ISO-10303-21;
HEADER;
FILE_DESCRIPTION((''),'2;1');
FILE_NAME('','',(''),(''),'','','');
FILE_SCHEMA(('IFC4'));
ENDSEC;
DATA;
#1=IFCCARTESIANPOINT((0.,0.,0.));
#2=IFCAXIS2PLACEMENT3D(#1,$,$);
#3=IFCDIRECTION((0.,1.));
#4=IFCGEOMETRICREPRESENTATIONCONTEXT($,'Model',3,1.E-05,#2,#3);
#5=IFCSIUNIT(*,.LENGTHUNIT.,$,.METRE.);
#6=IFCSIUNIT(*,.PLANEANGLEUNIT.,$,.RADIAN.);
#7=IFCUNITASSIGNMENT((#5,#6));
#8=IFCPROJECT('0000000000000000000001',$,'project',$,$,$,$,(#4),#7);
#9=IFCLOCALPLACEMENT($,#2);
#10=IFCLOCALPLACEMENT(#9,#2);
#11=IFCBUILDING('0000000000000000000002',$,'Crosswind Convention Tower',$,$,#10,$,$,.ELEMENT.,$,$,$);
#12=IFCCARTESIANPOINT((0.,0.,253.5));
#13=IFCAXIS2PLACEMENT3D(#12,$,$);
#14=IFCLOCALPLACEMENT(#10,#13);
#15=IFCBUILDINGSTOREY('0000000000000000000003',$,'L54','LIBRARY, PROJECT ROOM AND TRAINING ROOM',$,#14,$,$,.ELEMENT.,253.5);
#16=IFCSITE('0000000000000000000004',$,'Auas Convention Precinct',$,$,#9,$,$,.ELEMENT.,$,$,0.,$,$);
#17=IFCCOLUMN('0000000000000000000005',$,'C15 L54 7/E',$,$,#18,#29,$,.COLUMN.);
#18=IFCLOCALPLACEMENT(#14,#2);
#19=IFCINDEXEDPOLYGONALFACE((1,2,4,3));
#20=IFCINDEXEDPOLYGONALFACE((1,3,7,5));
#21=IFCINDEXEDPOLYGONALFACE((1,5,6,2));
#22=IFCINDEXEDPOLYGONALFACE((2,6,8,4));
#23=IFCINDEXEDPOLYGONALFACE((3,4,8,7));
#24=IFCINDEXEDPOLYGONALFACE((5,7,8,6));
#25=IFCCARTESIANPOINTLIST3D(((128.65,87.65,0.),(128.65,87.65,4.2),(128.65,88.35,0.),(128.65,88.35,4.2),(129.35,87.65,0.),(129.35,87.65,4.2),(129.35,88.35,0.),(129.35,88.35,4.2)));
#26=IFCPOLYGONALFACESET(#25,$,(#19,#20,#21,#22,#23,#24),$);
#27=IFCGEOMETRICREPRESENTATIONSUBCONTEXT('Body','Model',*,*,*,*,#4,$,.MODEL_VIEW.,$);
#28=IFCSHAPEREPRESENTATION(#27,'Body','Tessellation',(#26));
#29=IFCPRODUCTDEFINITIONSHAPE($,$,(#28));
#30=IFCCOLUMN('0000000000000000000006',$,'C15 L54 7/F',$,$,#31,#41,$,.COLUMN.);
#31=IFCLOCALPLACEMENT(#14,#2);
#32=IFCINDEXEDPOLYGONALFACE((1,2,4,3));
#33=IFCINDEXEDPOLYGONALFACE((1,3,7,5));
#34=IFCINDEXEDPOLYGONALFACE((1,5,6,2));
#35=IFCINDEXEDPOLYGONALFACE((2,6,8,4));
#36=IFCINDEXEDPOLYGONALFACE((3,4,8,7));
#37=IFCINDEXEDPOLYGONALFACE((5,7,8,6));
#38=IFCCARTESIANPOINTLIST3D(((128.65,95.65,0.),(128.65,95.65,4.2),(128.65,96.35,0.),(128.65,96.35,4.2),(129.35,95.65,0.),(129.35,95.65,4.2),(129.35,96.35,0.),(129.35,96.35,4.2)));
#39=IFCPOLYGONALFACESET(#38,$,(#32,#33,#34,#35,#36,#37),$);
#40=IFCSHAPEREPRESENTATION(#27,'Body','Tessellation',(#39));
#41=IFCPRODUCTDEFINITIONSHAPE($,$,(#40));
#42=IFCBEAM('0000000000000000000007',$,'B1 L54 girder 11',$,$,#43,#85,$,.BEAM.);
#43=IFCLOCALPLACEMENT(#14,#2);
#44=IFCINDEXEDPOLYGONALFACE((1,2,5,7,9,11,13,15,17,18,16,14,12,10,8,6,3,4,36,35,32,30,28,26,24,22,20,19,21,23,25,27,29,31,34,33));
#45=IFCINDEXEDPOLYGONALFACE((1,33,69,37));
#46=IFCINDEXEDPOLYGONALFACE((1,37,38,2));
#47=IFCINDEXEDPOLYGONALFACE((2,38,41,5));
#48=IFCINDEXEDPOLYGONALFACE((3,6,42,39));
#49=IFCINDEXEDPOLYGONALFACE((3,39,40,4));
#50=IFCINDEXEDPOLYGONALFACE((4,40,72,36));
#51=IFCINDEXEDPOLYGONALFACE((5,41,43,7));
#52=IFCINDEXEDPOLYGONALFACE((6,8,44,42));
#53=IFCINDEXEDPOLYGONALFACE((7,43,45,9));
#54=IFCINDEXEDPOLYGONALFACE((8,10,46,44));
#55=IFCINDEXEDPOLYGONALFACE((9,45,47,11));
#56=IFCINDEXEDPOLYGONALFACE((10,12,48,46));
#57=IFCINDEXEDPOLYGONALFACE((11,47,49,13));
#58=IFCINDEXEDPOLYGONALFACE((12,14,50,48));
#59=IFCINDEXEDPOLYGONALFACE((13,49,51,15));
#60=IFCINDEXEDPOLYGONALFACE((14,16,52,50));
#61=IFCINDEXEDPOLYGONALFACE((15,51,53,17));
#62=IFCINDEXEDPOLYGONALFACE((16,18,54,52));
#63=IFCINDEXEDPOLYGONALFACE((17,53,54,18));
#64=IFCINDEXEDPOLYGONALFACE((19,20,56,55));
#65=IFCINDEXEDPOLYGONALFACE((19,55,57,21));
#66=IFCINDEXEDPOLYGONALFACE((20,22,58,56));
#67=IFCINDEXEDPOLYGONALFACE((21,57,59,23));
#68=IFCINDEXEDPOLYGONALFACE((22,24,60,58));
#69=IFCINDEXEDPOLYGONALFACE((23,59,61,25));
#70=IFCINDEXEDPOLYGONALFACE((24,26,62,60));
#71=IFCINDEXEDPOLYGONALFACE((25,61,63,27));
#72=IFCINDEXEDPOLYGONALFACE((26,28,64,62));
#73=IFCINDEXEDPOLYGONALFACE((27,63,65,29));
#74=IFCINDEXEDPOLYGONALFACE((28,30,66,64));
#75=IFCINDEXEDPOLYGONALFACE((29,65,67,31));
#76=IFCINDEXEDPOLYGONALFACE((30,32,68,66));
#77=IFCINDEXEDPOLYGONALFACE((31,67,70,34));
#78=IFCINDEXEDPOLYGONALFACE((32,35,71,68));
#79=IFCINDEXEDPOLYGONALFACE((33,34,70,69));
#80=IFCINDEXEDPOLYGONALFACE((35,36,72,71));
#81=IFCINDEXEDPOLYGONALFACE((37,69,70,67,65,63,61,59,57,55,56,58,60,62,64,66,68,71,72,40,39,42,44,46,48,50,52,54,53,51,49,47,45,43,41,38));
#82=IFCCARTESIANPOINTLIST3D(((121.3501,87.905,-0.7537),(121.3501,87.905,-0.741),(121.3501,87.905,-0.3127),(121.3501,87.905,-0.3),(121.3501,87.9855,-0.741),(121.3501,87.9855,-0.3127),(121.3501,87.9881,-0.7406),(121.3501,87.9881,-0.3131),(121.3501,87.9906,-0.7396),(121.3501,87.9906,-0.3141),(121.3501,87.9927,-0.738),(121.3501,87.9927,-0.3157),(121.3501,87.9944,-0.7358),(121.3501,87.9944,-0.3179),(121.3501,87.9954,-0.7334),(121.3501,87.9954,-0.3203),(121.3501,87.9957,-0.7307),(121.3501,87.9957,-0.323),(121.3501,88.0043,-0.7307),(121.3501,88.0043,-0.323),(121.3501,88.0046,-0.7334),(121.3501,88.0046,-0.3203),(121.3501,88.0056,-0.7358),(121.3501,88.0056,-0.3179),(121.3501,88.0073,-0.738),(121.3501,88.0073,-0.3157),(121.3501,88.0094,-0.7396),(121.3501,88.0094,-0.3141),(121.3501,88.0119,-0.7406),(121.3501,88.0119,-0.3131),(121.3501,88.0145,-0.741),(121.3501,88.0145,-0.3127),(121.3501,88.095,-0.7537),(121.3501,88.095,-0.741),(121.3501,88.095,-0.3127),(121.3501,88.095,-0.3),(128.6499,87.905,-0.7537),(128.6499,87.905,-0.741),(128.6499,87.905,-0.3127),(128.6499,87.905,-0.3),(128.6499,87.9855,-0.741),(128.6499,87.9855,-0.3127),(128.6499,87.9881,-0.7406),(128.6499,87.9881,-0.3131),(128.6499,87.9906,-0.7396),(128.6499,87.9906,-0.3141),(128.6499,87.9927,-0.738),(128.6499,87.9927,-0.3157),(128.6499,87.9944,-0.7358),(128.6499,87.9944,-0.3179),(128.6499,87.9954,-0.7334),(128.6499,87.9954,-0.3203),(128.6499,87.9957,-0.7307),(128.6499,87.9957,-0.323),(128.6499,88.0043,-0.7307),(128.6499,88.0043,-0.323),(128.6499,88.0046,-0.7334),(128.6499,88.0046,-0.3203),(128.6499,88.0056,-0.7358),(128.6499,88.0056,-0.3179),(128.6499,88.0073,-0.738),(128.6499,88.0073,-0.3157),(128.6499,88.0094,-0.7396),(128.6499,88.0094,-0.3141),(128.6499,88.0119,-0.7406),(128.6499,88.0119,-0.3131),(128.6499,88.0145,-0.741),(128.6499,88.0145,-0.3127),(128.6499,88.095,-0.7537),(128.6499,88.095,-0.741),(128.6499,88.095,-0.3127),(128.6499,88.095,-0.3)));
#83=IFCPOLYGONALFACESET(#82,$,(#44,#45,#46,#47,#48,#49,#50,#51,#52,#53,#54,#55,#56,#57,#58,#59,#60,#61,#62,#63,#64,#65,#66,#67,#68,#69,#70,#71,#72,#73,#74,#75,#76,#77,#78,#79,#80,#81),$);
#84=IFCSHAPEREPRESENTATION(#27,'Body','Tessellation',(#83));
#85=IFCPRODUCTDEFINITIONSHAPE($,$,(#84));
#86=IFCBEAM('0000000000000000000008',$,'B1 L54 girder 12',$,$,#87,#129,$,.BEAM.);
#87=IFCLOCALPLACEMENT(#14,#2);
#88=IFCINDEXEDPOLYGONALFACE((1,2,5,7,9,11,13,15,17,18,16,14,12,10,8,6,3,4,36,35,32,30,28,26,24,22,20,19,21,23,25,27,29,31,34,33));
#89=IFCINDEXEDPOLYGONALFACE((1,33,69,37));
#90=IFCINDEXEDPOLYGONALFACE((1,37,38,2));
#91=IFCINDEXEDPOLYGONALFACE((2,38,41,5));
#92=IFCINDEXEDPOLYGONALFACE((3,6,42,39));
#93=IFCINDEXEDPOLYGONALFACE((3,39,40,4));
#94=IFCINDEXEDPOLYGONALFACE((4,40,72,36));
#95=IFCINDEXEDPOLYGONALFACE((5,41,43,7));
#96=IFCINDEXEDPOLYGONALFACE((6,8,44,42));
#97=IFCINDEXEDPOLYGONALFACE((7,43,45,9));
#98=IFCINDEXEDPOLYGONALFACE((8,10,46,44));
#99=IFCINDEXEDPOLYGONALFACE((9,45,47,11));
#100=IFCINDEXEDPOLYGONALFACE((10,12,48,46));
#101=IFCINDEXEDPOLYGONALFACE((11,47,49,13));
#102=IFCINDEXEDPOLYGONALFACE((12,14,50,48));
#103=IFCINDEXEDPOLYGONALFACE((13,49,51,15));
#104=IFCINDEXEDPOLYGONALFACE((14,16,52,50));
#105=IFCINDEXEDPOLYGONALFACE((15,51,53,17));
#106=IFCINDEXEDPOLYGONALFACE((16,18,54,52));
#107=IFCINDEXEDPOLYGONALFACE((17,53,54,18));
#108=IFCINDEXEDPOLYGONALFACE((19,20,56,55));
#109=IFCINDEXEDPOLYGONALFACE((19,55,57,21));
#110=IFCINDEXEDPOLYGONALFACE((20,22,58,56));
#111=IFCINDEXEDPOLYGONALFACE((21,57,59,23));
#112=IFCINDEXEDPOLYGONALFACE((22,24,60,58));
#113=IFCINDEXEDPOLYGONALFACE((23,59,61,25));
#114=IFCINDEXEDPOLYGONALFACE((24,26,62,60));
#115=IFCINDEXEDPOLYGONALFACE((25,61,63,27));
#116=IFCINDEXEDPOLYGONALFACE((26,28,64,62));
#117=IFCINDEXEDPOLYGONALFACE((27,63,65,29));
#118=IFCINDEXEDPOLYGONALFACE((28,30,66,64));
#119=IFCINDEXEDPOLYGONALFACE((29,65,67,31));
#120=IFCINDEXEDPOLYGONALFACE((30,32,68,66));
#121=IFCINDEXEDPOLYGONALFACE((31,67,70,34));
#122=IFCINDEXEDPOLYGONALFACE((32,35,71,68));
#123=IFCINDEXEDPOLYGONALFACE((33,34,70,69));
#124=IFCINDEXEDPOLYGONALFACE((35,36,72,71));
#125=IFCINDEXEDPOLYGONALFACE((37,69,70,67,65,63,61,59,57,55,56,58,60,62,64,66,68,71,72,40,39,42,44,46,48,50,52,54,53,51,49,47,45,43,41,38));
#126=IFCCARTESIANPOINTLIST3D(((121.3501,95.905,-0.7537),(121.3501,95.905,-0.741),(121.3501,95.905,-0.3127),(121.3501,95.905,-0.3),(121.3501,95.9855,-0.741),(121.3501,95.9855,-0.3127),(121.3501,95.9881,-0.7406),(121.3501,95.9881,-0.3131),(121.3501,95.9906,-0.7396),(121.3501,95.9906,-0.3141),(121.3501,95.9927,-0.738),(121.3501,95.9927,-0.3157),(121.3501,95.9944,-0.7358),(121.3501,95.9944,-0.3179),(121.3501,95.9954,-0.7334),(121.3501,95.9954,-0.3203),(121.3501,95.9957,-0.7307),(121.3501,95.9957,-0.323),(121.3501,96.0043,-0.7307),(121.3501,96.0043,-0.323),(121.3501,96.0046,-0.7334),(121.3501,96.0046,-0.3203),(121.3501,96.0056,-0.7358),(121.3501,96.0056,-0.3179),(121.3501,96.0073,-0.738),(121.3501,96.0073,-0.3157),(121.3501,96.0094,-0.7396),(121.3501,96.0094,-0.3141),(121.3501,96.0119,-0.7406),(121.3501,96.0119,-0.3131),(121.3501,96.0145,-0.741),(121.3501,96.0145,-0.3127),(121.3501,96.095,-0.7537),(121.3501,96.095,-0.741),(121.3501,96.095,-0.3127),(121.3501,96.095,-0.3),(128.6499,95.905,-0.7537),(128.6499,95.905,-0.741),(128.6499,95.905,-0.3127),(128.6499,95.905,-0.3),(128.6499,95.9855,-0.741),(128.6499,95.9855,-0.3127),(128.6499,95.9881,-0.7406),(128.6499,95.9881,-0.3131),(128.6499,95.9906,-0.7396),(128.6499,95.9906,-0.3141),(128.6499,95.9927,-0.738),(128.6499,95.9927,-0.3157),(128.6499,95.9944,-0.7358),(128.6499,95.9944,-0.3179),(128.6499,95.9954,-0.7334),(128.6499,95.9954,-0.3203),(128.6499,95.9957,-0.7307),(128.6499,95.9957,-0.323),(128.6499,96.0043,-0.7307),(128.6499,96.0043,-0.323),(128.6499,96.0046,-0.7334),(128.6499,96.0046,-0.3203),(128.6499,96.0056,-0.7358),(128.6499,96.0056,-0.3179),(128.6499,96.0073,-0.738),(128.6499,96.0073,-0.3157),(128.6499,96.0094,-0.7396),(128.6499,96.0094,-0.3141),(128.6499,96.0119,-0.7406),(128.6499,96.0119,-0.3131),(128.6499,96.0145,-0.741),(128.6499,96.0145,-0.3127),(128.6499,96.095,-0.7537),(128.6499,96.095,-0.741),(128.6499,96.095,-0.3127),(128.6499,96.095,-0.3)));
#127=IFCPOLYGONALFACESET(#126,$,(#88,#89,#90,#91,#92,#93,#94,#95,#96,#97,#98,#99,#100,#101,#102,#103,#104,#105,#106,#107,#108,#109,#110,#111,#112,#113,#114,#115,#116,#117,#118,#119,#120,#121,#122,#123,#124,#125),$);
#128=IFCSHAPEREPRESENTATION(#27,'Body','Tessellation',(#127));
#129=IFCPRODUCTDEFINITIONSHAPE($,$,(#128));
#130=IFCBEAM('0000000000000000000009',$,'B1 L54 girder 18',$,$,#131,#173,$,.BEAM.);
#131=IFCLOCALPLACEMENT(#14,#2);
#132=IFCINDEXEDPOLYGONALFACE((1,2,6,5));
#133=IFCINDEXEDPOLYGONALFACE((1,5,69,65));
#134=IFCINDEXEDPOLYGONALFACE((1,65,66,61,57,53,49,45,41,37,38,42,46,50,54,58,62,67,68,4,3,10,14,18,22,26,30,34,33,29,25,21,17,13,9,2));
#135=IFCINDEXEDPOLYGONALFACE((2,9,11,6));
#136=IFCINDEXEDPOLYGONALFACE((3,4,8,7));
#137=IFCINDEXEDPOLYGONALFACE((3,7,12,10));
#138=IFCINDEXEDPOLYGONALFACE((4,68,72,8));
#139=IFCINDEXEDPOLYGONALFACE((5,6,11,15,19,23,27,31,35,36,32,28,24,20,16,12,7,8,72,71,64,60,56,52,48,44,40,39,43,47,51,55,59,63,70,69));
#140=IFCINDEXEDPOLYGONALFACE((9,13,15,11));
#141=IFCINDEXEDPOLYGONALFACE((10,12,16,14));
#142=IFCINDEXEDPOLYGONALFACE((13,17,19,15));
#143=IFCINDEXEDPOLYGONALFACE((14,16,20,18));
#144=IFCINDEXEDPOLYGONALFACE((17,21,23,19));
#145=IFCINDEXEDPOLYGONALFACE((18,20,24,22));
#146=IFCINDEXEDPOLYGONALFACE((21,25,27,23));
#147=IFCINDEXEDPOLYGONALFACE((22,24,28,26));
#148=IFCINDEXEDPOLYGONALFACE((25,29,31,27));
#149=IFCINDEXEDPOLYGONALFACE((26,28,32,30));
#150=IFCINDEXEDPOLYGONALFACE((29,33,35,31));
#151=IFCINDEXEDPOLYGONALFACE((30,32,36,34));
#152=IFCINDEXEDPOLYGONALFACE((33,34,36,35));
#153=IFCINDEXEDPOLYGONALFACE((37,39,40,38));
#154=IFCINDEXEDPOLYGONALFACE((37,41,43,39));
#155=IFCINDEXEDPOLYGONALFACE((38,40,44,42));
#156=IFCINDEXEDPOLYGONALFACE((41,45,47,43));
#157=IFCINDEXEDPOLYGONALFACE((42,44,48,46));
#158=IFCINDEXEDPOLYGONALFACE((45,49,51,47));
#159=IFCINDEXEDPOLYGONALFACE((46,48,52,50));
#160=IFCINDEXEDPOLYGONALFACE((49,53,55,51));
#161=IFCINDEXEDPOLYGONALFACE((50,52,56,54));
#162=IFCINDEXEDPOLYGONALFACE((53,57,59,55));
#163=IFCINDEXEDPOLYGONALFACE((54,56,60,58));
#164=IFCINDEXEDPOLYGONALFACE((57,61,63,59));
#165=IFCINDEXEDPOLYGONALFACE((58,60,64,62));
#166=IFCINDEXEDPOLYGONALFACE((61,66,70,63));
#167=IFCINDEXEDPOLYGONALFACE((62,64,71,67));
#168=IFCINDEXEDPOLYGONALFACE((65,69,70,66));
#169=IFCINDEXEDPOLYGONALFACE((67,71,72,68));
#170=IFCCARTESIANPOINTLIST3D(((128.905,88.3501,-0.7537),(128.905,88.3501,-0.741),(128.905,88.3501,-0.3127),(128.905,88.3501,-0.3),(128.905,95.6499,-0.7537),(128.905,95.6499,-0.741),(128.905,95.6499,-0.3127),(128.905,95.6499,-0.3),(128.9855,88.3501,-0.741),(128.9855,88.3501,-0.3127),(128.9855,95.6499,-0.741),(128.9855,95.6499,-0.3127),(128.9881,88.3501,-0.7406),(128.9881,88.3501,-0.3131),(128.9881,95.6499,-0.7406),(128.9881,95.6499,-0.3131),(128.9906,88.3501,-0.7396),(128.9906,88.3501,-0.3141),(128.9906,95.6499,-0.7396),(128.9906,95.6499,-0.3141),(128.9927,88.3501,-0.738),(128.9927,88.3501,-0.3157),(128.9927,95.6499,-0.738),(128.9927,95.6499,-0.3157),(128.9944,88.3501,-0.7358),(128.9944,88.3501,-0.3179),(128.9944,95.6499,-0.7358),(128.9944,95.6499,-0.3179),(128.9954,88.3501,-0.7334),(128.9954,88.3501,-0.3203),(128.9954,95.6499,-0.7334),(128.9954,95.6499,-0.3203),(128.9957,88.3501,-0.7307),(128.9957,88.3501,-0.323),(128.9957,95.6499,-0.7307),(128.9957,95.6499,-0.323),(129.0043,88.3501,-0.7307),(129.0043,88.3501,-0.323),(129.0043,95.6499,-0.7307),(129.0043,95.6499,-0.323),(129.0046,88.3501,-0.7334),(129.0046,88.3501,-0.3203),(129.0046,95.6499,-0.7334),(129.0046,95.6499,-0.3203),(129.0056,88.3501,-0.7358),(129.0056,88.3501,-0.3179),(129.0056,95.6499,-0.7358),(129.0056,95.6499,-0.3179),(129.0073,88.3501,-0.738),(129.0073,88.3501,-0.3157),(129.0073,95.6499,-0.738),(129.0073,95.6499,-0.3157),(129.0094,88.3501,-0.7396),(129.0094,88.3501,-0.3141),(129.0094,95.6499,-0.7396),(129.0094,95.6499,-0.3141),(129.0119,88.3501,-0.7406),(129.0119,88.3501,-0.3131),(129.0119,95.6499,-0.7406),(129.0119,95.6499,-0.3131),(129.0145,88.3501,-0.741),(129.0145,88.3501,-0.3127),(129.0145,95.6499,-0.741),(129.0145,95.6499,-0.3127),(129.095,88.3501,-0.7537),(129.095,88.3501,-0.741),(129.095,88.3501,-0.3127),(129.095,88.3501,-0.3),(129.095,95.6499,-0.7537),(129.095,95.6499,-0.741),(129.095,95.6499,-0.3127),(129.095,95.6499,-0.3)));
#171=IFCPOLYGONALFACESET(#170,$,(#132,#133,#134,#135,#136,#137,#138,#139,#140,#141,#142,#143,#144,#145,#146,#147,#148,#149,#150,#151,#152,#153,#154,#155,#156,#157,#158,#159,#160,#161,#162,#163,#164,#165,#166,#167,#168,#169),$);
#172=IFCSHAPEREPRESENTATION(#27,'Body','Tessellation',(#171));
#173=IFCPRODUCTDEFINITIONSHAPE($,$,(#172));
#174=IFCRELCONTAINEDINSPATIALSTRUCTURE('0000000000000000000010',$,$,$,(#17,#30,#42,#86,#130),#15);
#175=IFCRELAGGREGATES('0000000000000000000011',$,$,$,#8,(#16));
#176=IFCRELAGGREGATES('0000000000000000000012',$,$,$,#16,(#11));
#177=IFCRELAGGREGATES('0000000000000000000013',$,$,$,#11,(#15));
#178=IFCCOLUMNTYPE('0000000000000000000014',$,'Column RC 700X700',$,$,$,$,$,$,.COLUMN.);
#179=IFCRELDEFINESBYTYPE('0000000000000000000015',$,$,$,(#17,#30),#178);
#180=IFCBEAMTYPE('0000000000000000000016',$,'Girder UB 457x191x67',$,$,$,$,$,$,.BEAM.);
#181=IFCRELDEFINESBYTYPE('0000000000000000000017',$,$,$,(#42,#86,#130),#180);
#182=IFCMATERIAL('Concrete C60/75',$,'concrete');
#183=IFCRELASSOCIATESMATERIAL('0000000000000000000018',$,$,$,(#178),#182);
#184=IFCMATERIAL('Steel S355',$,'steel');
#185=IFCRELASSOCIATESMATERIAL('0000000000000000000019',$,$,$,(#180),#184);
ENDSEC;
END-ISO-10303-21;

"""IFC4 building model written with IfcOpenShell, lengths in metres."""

from ifc_helpers import new_model, si_unit, direction, frame, origin, origin_2d, place, context, subcontext, project, spatial, rectangle, i_section, extrude, material, material_profile, profile_set, type_object, element, save


model = new_model("IFC4")

# Units and contexts
model_context = context("Model", 3, precision=1e-05, world=origin(), true_north=direction((0.0, 1.0)))
body_context = subcontext(model_context, "Body", "Model", "MODEL_VIEW")
ifc_project = project(units=[si_unit("LENGTHUNIT", "METRE"), si_unit("PLANEANGLEUNIT", "RADIAN")], contexts=[model_context])

# Site, building, storey
site_placement = place(None, origin())
site = spatial("IfcSite", under=ifc_project, at=site_placement, Name="Auas Convention Precinct", CompositionType="ELEMENT", RefElevation=0.0)
building_placement = place(site_placement, origin())
building = spatial("IfcBuilding", under=site, at=building_placement, Name="Crosswind Convention Tower", CompositionType="ELEMENT")
storey_placement = place(building_placement, frame((0.0, 0.0, 253.5)))
storey = spatial("IfcBuildingStorey", under=building, at=storey_placement, Name="L54", Description="LIBRARY, PROJECT ROOM AND TRAINING ROOM", CompositionType="ELEMENT", Elevation=253.5)

# Columns
ifc_material_1 = material(Name="Concrete C60/75", Category="concrete")
ifc_material_profile_1 = material_profile(ifc_material_1, rectangle(XDim=0.7, YDim=0.7, at=origin_2d()), Name="RC 700X700")
ifc_profile_set_1 = profile_set([ifc_material_profile_1], Name="Concrete C60/75")
column_type = type_object("IfcColumnType", Name="Column RC 700X700", PredefinedType="COLUMN", material=ifc_profile_set_1)
for number, where, z_axis, x_axis, name in (
    (1, (129.0, 88.0, 0.0), (0.0, 0.0, 1.0), (1.0, 0.0, 0.0), "C15 L54 7/E"),
    (2, (129.0, 96.0, 0.0), (0.0, 0.0, 1.0), (1.0, 0.0, 0.0), "C15 L54 7/F"),
):
    element("IfcColumn", number, at=place(storey_placement, frame(where, z_axis=z_axis, x_axis=x_axis)), inside=storey, type_object=column_type, Name=name, PredefinedType="COLUMN", context=body_context, shape_type="SweptSolid", body=[
        extrude(rectangle(XDim=0.7, YDim=0.7, at=origin_2d()), origin(), (0.0, 0.0, 1.0), 4.2),
    ])

# Beams
ifc_material_2 = material(Name="Steel S355", Category="steel")
ifc_material_profile_2 = material_profile(ifc_material_2, i_section(OverallWidth=0.1899, OverallDepth=0.4536, WebThickness=0.0085, FlangeThickness=0.0127, FilletRadius=0.0103, at=origin_2d()), Name="UB 457x191x67")
ifc_profile_set_2 = profile_set([ifc_material_profile_2], Name="Steel S355")
beam_type_1 = type_object("IfcBeamType", Name="Girder UB 457x191x67", PredefinedType="BEAM", material=ifc_profile_set_2)
for number, where, z_axis, x_axis, name in (
    (3, (121.3501, 88.0, -0.5269), (1.0, 0.0, 0.0), (0.0, 1.0, 0.0), "B1 L54 girder 11"),
    (4, (121.3501, 96.0, -0.5269), (1.0, 0.0, 0.0), (0.0, 1.0, 0.0), "B1 L54 girder 12"),
    (5, (129.0, 88.3501, -0.5269), (0.0, 1.0, 0.0), (-1.0, 0.0, 0.0), "B1 L54 girder 18"),
):
    element("IfcBeam", number, at=place(storey_placement, frame(where, z_axis=z_axis, x_axis=x_axis)), inside=storey, type_object=beam_type_1, Name=name, PredefinedType="BEAM", context=body_context, shape_type="SweptSolid", body=[
        extrude(i_section(OverallWidth=0.1899, OverallDepth=0.4536, WebThickness=0.0085, FlangeThickness=0.0127, FilletRadius=0.0103, at=origin_2d()), origin(), (0.0, 0.0, 1.0), 7.2998),
    ])

save(model, "model.ifc")
